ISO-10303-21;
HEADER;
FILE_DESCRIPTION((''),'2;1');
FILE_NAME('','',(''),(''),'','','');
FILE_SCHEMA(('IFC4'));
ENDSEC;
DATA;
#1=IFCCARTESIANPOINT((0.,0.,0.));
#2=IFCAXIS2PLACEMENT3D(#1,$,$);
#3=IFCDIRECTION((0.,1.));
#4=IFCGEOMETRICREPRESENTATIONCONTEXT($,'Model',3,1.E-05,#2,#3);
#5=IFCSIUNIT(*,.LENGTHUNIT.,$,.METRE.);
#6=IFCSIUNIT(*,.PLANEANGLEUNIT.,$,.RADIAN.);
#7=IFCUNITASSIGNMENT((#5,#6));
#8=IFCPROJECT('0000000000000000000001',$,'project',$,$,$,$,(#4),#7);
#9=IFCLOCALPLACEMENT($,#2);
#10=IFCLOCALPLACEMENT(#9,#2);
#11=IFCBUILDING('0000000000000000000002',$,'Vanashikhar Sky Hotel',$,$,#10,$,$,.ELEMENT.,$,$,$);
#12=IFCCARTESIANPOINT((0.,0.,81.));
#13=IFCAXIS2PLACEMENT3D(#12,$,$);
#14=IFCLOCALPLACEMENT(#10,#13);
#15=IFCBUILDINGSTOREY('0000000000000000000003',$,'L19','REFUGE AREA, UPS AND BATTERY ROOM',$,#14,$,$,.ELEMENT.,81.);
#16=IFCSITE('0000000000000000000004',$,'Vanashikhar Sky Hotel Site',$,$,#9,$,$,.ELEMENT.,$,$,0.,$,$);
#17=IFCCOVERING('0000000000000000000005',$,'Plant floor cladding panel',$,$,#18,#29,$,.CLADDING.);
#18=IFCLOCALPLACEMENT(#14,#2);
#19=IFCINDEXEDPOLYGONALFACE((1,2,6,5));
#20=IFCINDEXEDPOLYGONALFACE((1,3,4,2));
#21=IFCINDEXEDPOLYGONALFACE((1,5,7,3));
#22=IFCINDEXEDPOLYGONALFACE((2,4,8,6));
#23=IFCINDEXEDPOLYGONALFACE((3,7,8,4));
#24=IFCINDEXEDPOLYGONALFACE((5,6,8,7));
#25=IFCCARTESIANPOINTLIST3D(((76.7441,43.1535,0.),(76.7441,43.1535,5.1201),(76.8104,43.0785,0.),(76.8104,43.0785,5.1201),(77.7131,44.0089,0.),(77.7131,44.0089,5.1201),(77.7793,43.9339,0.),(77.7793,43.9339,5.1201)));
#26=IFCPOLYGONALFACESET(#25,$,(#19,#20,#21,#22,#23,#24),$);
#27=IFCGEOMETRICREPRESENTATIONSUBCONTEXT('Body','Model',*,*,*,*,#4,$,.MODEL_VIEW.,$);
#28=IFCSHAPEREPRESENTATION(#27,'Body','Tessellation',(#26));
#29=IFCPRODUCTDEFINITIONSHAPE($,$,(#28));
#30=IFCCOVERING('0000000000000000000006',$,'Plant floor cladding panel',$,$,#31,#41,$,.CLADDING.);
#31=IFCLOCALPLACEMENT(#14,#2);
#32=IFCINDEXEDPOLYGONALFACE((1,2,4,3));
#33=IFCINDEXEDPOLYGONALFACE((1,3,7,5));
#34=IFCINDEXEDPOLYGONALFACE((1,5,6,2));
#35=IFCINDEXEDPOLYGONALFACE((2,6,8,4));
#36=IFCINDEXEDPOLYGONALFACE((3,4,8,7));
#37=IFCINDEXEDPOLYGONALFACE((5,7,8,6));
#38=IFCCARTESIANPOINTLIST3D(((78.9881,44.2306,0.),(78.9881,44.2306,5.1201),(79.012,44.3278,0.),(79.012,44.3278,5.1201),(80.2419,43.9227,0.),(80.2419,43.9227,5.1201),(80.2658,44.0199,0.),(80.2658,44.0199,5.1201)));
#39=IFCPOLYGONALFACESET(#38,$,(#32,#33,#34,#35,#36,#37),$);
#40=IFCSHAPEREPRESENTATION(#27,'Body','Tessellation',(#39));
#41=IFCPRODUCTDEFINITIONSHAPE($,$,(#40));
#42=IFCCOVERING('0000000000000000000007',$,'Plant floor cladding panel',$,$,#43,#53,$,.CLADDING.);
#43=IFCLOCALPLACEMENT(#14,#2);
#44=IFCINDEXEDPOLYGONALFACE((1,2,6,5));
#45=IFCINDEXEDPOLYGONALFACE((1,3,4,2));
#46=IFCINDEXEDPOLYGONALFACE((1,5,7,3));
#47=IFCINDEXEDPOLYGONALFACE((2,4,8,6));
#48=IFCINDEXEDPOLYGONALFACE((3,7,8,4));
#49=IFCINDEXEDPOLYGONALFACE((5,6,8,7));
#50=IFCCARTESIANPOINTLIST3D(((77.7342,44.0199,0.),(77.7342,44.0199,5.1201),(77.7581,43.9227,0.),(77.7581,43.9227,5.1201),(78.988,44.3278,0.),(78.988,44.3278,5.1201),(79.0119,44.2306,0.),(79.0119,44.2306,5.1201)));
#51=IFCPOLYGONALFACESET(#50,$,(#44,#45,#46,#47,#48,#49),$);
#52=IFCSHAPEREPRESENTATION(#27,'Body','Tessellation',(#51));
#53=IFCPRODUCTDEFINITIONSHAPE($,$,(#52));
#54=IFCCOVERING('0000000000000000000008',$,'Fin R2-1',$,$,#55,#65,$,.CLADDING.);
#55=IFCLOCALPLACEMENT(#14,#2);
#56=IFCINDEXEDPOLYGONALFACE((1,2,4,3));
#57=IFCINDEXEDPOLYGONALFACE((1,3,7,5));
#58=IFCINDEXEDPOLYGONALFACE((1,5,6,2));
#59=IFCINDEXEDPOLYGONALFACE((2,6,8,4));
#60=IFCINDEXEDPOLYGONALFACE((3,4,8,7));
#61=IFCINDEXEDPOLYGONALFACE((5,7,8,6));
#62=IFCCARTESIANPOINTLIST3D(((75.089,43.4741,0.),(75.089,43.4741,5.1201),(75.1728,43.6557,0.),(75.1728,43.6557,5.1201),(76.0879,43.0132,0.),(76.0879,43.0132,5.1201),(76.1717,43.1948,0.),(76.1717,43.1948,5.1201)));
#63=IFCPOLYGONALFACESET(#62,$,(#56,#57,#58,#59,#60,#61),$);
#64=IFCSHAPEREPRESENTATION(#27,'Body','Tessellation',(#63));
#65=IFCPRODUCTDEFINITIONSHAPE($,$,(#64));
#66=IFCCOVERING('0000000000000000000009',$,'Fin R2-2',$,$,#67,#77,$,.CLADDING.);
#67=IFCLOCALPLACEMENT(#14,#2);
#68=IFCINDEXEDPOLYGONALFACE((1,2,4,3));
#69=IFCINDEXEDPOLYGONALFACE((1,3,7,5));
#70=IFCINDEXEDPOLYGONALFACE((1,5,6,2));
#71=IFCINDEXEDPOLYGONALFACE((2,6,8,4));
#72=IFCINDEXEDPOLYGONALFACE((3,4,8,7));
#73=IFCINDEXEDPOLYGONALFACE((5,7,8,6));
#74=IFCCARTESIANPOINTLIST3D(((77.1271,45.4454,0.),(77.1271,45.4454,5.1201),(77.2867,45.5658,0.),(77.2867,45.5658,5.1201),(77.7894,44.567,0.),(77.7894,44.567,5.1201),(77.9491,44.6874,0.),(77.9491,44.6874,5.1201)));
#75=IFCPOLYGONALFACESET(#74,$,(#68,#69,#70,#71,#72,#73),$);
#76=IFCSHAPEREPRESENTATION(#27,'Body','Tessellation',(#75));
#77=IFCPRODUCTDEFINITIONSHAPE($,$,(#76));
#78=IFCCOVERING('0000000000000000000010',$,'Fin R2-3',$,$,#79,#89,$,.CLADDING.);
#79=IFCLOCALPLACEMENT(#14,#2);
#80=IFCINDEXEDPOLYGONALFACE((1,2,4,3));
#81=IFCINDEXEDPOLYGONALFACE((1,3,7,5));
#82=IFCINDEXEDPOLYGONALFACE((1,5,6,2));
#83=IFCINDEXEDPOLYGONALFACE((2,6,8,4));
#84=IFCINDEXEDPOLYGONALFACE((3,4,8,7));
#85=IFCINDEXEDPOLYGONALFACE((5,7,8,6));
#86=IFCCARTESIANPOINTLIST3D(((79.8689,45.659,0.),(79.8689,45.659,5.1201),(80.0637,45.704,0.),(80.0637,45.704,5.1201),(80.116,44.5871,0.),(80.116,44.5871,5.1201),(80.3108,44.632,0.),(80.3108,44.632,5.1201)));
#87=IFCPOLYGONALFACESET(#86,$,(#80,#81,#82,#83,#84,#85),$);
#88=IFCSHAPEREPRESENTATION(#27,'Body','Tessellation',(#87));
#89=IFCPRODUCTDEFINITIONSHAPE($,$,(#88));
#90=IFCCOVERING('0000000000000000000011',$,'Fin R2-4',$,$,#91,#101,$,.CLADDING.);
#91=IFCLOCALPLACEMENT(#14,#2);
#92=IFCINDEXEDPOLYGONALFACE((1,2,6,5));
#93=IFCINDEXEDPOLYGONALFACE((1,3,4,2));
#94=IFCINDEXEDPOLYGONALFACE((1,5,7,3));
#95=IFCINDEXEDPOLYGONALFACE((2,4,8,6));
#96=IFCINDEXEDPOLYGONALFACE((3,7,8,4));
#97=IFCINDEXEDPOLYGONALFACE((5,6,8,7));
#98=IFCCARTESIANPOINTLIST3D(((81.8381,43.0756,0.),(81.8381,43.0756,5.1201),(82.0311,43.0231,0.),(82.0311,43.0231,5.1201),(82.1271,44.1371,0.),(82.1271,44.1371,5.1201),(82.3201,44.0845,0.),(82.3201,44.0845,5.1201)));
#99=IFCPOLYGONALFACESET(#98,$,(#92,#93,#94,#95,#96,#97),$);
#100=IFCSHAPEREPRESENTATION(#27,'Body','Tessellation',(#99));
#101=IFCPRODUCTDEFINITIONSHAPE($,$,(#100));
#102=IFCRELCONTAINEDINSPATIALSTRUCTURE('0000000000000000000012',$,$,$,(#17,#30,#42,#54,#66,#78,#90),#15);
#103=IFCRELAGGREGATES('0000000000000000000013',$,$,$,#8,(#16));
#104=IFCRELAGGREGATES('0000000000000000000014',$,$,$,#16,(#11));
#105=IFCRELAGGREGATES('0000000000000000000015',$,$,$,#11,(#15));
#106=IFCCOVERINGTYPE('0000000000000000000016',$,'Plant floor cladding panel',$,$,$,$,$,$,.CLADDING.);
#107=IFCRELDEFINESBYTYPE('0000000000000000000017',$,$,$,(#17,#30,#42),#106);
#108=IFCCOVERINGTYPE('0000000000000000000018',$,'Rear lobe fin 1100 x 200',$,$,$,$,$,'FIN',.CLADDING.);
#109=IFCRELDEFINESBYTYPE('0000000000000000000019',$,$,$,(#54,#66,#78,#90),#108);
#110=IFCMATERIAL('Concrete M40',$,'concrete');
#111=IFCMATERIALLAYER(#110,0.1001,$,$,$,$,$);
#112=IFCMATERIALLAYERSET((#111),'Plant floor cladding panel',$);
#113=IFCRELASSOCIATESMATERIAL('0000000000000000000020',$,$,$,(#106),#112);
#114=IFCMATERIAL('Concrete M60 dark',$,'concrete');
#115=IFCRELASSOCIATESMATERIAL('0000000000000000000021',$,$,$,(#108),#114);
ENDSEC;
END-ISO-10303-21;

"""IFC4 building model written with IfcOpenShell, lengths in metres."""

from ifc_helpers import new_model, si_unit, direction, frame, origin, origin_2d, place, context, subcontext, project, spatial, rectangle, extrude, source, transform, mapped, material, layer, layer_set, material_profile, profile_set, type_object, element, save


model = new_model("IFC4")

# Units and contexts
model_context = context("Model", 3, precision=1e-05, world=origin(), true_north=direction((0.0, 1.0)))
body_context = subcontext(model_context, "Body", "Model", "MODEL_VIEW")
ifc_project = project(units=[si_unit("LENGTHUNIT", "METRE"), si_unit("PLANEANGLEUNIT", "RADIAN")], contexts=[model_context])

# Site, building, storey
site_placement = place(None, origin())
site = spatial("IfcSite", under=ifc_project, at=site_placement, Name="Vanashikhar Sky Hotel Site", CompositionType="ELEMENT", RefElevation=0.0)
building_placement = place(site_placement, origin())
building = spatial("IfcBuilding", under=site, at=building_placement, Name="Vanashikhar Sky Hotel", CompositionType="ELEMENT")
storey_placement = place(building_placement, frame((0.0, 0.0, 81.0)))
storey = spatial("IfcBuildingStorey", under=building, at=storey_placement, Name="L19", Description="REFUGE AREA, UPS AND BATTERY ROOM", CompositionType="ELEMENT", Elevation=81.0)

# Shared definitions
ifc_material_1 = material(Name="Concrete M40", Category="concrete")

# Coverings
ifc_layer_1 = layer(ifc_material_1, 0.1001)
ifc_layer_set_1 = layer_set([ifc_layer_1], Name="Plant floor cladding panel")
covering_type_1 = type_object("IfcCoveringType", Name="Plant floor cladding panel", PredefinedType="CLADDING", material=ifc_layer_set_1)
shared_shape_1 = source(origin(), body_context, "Body", "SweptSolid", [
    extrude(rectangle(XDim=1.2925, YDim=0.1001, at=origin_2d()), origin(), (0.0, 0.0, 1.0), 5.1201),
])
for number, where, z_axis, x_axis, name in (
    (1, (77.2617, 43.5437, 0.0), (0.0, 0.0, 1.0), (-0.749684, -0.661796, 0.0), "Plant floor cladding panel"),
):
    element("IfcCovering", number, at=place(storey_placement, frame(where, z_axis=z_axis, x_axis=x_axis)), inside=storey, type_object=covering_type_1, Name=name, PredefinedType="CLADDING", context=body_context, shape_type="MappedRepresentation", body=[
        mapped(shared_shape_1, transform((0.0, 0.0, 0.0), scale=1.0)),
    ])
shared_shape_2 = source(origin(), body_context, "Body", "SweptSolid", [
    extrude(rectangle(XDim=1.291, YDim=0.1001, at=origin_2d()), origin(), (0.0, 0.0, 1.0), 5.1201),
])
for number, where, z_axis, x_axis, name in (
    (2, (79.627, 44.1252, 0.0), (0.0, 0.0, 1.0), (-0.971151, 0.238466, 0.0), "Plant floor cladding panel"),
    (3, (78.373, 44.1252, 0.0), (0.0, 0.0, 1.0), (-0.971151, -0.238466, 0.0), "Plant floor cladding panel"),
):
    element("IfcCovering", number, at=place(storey_placement, frame(where, z_axis=z_axis, x_axis=x_axis)), inside=storey, type_object=covering_type_1, Name=name, PredefinedType="CLADDING", context=body_context, shape_type="MappedRepresentation", body=[
        mapped(shared_shape_2, transform((0.0, 0.0, 0.0), scale=1.0)),
    ])
ifc_material_2 = material(Name="Concrete M60 dark", Category="concrete")
ifc_material_profile_1 = material_profile(ifc_material_2, rectangle(XDim=1.1001, YDim=0.2, at=origin_2d()))
ifc_profile_set_1 = profile_set([ifc_material_profile_1], Name="Rear lobe fin 1100 x 200")
covering_type_2 = type_object("IfcCoveringType", Name="Rear lobe fin 1100 x 200", ElementType="FIN", PredefinedType="CLADDING", material=ifc_profile_set_1)
shared_shape_3 = source(origin(), body_context, "Body", "SweptSolid", [
    extrude(rectangle(XDim=1.1001, YDim=0.2, at=origin_2d()), origin(), (0.0, 0.0, 1.0), 5.1201),
])
for number, where, z_axis, x_axis, name in (
    (4, (75.6304, 43.3345, 0.0), (0.0, 0.0, 1.0), (-0.908004, 0.418961, 0.0), "Fin R2-1"),
    (5, (77.5381, 45.0664, 0.0), (0.0, 0.0, 1.0), (-0.602066, 0.798446, 0.0), "Fin R2-2"),
    (6, (80.0898, 45.1455, 0.0), (0.0, 0.0, 1.0), (-0.224645, 0.974441, 0.0), "Fin R2-3"),
    (7, (82.0791, 43.5801, 0.0), (0.0, 0.0, 1.0), (0.262711, 0.964874, 0.0), "Fin R2-4"),
):
    element("IfcCovering", number, at=place(storey_placement, frame(where, z_axis=z_axis, x_axis=x_axis)), inside=storey, type_object=covering_type_2, Name=name, PredefinedType="CLADDING", context=body_context, shape_type="MappedRepresentation", body=[
        mapped(shared_shape_3, transform((0.0, 0.0, 0.0), scale=1.0)),
    ])

save(model, "model.ifc")
